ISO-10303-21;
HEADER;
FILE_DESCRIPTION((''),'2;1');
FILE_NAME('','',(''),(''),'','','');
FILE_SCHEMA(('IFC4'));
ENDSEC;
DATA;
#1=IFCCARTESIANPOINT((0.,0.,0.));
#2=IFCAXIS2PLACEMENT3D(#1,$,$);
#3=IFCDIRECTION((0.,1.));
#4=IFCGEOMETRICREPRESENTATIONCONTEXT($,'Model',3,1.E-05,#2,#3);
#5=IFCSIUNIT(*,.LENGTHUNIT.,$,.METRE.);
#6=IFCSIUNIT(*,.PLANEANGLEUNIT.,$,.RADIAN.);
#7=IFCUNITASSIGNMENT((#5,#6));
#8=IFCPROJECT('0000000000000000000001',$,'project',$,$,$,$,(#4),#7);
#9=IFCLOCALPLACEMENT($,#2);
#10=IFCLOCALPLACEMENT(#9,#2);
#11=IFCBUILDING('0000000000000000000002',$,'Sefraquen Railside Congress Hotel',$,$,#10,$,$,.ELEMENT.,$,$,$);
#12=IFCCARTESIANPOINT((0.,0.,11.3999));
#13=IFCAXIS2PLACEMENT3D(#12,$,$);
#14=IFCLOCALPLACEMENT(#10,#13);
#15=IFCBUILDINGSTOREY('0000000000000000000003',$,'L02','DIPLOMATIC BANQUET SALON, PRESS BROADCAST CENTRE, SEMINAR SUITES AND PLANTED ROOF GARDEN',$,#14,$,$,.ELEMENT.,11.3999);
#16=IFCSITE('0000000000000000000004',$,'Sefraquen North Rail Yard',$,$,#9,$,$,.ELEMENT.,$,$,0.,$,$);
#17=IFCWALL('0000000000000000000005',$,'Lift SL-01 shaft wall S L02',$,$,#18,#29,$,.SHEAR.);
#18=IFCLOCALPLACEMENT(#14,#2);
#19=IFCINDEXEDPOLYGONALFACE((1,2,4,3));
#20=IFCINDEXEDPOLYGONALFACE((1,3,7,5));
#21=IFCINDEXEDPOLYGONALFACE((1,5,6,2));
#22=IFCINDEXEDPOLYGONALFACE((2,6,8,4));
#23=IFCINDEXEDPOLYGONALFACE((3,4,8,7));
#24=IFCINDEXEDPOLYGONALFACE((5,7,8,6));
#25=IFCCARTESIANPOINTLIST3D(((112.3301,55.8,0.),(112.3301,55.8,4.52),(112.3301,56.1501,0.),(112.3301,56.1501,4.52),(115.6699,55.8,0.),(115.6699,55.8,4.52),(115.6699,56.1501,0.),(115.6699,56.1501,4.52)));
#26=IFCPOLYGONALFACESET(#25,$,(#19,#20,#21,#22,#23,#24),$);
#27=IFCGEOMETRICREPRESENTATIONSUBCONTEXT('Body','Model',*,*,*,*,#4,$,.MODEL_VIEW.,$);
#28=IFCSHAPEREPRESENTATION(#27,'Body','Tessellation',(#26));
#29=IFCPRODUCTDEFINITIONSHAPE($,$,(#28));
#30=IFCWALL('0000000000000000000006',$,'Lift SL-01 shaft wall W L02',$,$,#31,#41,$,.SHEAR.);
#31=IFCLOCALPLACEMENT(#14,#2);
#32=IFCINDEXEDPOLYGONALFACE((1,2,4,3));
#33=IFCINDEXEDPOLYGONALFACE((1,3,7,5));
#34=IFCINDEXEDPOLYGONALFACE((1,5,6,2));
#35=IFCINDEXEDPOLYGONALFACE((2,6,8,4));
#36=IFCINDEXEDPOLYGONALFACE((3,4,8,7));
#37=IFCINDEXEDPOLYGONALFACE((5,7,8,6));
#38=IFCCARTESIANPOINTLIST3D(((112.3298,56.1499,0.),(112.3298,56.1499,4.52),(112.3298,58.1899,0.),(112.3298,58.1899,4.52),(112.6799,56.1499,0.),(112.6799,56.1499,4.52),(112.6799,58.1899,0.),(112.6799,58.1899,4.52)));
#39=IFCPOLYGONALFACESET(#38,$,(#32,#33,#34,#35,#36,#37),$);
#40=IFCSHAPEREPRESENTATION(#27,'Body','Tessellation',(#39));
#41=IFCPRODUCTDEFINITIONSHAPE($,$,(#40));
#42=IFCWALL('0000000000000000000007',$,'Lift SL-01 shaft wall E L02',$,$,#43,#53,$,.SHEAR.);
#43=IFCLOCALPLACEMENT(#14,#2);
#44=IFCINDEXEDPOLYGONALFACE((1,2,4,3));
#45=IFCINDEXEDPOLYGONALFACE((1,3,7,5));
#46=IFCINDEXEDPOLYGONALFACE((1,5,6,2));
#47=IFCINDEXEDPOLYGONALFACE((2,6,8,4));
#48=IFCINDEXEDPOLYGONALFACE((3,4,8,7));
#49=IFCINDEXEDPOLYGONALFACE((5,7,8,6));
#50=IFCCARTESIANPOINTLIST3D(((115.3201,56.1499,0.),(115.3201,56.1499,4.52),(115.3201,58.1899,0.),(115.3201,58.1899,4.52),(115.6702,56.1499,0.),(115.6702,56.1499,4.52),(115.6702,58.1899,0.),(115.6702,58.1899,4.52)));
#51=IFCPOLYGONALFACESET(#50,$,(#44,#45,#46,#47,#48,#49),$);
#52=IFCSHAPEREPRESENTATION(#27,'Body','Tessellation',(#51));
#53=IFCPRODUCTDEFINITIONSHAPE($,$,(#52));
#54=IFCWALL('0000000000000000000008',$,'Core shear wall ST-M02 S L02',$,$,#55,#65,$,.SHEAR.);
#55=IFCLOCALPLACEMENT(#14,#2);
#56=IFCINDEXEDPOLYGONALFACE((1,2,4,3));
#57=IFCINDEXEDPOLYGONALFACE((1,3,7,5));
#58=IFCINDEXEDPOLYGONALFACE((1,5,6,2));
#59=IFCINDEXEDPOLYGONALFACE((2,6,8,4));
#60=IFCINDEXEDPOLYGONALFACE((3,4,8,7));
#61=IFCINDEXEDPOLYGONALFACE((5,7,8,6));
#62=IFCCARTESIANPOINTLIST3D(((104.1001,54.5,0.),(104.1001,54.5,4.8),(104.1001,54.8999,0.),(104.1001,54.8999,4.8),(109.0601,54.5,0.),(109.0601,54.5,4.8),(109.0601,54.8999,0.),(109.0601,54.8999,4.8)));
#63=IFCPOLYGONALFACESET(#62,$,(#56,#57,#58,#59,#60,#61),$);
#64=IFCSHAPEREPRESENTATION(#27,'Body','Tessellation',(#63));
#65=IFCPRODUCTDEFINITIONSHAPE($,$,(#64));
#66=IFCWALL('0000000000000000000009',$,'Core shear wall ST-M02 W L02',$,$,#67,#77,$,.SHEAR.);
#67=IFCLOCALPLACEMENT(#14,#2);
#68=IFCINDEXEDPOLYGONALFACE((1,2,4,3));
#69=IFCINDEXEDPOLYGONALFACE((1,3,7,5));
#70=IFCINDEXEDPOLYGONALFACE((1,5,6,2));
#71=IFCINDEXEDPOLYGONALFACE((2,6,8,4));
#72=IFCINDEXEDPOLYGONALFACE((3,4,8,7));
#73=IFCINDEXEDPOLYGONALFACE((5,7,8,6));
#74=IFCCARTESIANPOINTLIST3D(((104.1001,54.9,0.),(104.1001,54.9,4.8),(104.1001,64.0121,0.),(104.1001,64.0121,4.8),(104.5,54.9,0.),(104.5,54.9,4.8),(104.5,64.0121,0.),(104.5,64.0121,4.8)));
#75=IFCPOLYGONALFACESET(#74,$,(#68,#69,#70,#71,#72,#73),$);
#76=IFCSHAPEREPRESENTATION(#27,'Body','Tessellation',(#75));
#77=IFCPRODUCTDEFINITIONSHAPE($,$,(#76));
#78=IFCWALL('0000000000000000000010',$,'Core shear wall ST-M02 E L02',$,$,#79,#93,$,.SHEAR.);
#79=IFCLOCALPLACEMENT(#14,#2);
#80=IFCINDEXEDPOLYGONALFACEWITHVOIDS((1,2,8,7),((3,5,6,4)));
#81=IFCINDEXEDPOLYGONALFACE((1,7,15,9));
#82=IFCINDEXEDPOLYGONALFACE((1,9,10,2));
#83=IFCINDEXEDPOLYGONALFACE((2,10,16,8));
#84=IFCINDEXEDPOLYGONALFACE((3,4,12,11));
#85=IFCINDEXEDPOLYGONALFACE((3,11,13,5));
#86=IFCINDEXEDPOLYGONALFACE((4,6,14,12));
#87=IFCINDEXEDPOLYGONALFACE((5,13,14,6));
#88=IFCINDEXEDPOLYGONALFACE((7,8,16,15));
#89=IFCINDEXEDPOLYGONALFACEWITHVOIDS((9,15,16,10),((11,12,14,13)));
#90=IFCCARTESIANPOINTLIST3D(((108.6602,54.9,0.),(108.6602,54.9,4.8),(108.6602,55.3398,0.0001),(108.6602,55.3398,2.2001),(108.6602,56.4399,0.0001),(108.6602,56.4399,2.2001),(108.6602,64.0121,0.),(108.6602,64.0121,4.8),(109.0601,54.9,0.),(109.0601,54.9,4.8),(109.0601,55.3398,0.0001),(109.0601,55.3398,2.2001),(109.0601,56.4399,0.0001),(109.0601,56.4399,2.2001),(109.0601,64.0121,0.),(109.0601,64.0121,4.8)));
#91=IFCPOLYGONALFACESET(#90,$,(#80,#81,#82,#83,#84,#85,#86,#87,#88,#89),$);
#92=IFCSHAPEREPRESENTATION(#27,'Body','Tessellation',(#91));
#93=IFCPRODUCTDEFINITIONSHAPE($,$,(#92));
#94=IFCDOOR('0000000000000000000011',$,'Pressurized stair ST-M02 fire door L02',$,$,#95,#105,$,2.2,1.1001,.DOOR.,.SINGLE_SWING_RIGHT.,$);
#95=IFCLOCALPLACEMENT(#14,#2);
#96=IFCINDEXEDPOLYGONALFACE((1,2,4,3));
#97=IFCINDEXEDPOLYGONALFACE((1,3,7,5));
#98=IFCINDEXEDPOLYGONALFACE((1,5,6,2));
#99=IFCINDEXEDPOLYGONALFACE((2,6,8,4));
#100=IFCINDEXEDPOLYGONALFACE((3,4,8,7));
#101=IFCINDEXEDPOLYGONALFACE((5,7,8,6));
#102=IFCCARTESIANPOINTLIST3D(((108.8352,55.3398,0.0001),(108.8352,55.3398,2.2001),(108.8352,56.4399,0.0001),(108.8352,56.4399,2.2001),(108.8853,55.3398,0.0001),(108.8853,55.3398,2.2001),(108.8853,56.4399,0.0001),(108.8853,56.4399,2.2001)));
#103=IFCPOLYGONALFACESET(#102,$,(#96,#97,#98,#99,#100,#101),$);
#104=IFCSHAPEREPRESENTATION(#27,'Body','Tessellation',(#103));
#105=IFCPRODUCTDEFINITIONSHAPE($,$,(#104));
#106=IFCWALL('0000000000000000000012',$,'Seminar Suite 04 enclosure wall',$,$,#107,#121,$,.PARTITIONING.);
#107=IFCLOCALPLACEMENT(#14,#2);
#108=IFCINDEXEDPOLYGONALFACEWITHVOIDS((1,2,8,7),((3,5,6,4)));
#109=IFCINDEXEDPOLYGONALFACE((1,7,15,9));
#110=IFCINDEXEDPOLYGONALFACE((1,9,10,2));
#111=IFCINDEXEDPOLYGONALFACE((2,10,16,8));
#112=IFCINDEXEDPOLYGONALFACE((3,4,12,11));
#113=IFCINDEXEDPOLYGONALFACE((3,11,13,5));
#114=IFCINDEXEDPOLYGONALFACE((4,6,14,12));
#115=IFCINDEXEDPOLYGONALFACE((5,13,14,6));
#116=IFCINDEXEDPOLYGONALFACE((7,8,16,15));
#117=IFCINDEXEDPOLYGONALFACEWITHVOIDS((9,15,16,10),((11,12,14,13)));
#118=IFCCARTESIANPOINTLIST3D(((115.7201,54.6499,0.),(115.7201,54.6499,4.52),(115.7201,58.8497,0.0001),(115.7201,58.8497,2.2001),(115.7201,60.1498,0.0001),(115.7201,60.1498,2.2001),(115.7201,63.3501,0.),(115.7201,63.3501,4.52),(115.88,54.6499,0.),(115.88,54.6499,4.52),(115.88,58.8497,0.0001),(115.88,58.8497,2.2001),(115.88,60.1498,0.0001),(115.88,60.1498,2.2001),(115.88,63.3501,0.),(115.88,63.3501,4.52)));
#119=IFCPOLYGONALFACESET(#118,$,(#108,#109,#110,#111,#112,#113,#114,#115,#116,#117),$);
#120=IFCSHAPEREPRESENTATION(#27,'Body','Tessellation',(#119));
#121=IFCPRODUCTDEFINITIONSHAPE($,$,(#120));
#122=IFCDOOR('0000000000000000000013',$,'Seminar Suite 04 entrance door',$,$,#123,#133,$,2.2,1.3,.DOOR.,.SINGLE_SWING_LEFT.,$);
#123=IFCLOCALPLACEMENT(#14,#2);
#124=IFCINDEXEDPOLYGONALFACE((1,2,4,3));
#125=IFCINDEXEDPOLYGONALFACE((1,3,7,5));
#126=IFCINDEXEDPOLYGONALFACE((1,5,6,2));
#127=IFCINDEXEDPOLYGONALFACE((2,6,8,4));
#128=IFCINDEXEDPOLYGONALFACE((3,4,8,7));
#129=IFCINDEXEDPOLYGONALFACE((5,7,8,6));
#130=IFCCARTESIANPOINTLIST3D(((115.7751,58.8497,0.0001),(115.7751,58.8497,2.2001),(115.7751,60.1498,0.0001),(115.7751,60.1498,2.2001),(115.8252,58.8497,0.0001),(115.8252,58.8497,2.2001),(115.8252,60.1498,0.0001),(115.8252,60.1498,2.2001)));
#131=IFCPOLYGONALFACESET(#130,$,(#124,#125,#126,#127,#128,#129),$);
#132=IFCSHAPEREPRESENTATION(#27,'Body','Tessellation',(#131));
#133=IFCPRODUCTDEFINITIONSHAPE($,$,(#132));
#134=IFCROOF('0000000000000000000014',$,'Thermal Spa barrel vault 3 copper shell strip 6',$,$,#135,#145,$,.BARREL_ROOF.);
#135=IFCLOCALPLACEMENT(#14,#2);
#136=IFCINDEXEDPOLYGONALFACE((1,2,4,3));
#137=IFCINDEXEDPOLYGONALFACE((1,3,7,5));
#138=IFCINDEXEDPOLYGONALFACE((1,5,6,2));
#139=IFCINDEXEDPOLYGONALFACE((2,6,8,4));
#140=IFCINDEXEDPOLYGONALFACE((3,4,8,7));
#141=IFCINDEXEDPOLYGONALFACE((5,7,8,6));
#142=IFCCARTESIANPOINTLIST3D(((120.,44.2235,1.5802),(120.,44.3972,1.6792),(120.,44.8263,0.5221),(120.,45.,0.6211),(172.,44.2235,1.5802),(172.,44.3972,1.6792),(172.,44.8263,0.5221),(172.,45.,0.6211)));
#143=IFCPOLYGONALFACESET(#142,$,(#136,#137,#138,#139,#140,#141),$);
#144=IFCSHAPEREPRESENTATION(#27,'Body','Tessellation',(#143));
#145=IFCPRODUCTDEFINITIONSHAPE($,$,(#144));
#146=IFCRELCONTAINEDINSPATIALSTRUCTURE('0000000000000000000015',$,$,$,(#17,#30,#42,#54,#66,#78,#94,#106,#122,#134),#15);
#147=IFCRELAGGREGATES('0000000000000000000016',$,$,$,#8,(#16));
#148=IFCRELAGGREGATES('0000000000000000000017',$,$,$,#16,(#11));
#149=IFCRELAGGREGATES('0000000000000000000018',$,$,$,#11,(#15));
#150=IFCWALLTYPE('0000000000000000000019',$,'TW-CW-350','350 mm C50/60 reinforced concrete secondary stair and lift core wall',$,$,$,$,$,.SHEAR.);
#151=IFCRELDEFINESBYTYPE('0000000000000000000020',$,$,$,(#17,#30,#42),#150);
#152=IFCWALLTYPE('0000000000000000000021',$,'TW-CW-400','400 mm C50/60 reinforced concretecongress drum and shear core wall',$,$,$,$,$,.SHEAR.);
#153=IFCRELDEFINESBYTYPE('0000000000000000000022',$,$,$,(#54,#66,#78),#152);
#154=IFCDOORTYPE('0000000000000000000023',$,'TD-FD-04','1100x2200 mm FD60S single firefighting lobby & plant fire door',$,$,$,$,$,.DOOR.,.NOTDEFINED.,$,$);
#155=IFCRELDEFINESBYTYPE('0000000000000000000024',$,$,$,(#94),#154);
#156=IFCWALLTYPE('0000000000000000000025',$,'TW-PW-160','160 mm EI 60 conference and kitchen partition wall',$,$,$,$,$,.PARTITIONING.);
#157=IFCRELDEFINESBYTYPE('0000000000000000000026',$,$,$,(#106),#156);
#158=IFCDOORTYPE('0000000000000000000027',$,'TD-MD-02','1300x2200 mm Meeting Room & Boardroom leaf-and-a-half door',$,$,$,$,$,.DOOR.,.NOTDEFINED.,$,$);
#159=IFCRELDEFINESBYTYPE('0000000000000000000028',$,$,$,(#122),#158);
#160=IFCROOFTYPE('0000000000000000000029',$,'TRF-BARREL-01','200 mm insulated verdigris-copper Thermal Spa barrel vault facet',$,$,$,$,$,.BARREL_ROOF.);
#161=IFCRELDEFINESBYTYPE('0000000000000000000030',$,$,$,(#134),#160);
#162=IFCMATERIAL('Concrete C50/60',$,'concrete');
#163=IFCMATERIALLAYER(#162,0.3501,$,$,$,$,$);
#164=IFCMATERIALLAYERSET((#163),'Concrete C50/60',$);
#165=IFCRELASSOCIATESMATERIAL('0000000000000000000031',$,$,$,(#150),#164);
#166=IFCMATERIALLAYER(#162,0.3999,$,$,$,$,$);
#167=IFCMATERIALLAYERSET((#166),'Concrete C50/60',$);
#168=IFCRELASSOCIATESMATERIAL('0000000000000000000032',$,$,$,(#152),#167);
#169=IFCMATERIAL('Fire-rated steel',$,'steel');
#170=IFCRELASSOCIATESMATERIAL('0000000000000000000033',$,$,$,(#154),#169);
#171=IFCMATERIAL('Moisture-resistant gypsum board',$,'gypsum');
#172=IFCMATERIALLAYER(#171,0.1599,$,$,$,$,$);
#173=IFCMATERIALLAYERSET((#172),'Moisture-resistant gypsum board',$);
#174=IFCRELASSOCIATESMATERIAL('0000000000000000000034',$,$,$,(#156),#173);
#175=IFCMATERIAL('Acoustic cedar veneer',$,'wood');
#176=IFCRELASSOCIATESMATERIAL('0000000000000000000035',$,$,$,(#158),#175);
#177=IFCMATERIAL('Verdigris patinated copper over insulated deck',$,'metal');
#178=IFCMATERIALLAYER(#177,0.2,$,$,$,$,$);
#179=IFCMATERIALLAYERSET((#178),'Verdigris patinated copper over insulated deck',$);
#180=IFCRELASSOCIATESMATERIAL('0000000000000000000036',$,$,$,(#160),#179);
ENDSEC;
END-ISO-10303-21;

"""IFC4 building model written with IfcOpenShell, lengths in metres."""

from ifc_helpers import new_model, si_unit, direction, frame, frame_2d, origin, place, context, subcontext, project, spatial, polyline, rectangle, outline, extrude, material, layer, layer_set, type_object, element, fill, save


model = new_model("IFC4")

# Units and contexts
model_context = context("Model", 3, precision=1e-05, world=origin(), true_north=direction((0.0, 1.0)))
body_context = subcontext(model_context, "Body", "Model", "MODEL_VIEW")
ifc_project = project(units=[si_unit("LENGTHUNIT", "METRE"), si_unit("PLANEANGLEUNIT", "RADIAN")], contexts=[model_context])

# Site, building, storey
site_placement = place(None, origin())
site = spatial("IfcSite", under=ifc_project, at=site_placement, Name="Sefraquen North Rail Yard", CompositionType="ELEMENT", RefElevation=0.0)
building_placement = place(site_placement, origin())
building = spatial("IfcBuilding", under=site, at=building_placement, Name="Sefraquen Railside Congress Hotel", CompositionType="ELEMENT")
storey_placement = place(building_placement, frame((0.0, 0.0, 11.3999)))
storey = spatial("IfcBuildingStorey", under=building, at=storey_placement, Name="L02", Description="DIPLOMATIC BANQUET SALON, PRESS BROADCAST CENTRE, SEMINAR SUITES AND PLANTED ROOF GARDEN", CompositionType="ELEMENT", Elevation=11.3999)

# Walls
ifc_material_1 = material(Name="Concrete C50/60", Category="concrete")
ifc_layer_1 = layer(ifc_material_1, 0.3501)
ifc_layer_set_1 = layer_set([ifc_layer_1], Name="Concrete C50/60")
wall_type_1 = type_object("IfcWallType", Name="TW-CW-350", Description="350 mm C50/60 reinforced concrete secondary stair and lift core wall", PredefinedType="SHEAR", material=ifc_layer_set_1)
wall_1_placement = place(storey_placement, frame((112.3301, 55.9751, 0.0), z_axis=(0.0, 0.0, 1.0), x_axis=(1.0, 0.0, 0.0)))
element("IfcWall", 1, at=wall_1_placement, inside=storey, type_object=wall_type_1, Name="Lift SL-01 shaft wall S L02", PredefinedType="SHEAR", context=body_context, shape_type="SweptSolid", body=[
    extrude(rectangle(XDim=3.3398, YDim=0.3501, at=frame_2d((1.6699, 0.0))), origin(), (0.0, 0.0, 1.0), 4.52),
])
for number, where, z_axis, x_axis, name in (
    (2, (112.5049, 56.1499, 0.0), (0.0, 0.0, 1.0), (0.0, 1.0, 0.0), "Lift SL-01 shaft wall W L02"),
    (3, (115.4951, 56.1499, 0.0), (0.0, 0.0, 1.0), (0.0, 1.0, 0.0), "Lift SL-01 shaft wall E L02"),
):
    element("IfcWall", number, at=place(storey_placement, frame(where, z_axis=z_axis, x_axis=x_axis)), inside=storey, type_object=wall_type_1, Name=name, PredefinedType="SHEAR", context=body_context, shape_type="SweptSolid", body=[
        extrude(rectangle(XDim=2.04, YDim=0.3501, at=frame_2d((1.02, 0.0))), origin(), (0.0, 0.0, 1.0), 4.52),
    ])
ifc_layer_2 = layer(ifc_material_1, 0.3999)
ifc_layer_set_2 = layer_set([ifc_layer_2], Name="Concrete C50/60")
wall_type_2 = type_object("IfcWallType", Name="TW-CW-400", Description="400 mm C50/60 reinforced concretecongress drum and shear core wall", PredefinedType="SHEAR", material=ifc_layer_set_2)
wall_2_placement = place(storey_placement, frame((104.1001, 54.7, 0.0), z_axis=(0.0, 0.0, 1.0), x_axis=(1.0, 0.0, 0.0)))
element("IfcWall", 4, at=wall_2_placement, inside=storey, type_object=wall_type_2, Name="Core shear wall ST-M02 S L02", PredefinedType="SHEAR", context=body_context, shape_type="SweptSolid", body=[
    extrude(rectangle(XDim=4.96, YDim=0.3999, at=frame_2d((2.48, 0.0))), origin(), (0.0, 0.0, 1.0), 4.8),
])
wall_3_placement = place(storey_placement, frame((104.3, 54.8999, 0.0), z_axis=(0.0, 0.0, 1.0), x_axis=(0.0, 1.0, 0.0)))
element("IfcWall", 5, at=wall_3_placement, inside=storey, type_object=wall_type_2, Name="Core shear wall ST-M02 W L02", PredefinedType="SHEAR", context=body_context, shape_type="SweptSolid", body=[
    extrude(rectangle(XDim=9.1121, YDim=0.3999, at=frame_2d((4.5562, 0.0))), origin(), (0.0, 0.0, 1.0), 4.8),
])

# Walls, openings, doors
wall_4_placement = place(storey_placement, frame((108.8601, 54.8999, 0.0), z_axis=(0.0, 0.0, 1.0), x_axis=(0.0, 1.0, 0.0)))
wall_4 = element("IfcWall", 6, at=wall_4_placement, inside=storey, type_object=wall_type_2, Name="Core shear wall ST-M02 E L02", PredefinedType="SHEAR", context=body_context, shape_type="SweptSolid", body=[
    extrude(rectangle(XDim=9.1121, YDim=0.3999, at=frame_2d((4.5562, 0.0))), origin(), (0.0, 0.0, 1.0), 4.8),
])
opening_1_placement = place(wall_4_placement, frame((0.4399, 0.0, 0.0)))
opening_1 = element("IfcOpeningElement", 7, at=opening_1_placement, cuts=wall_4, PredefinedType="OPENING", context=body_context, shape_type="SweptSolid", body=[
    extrude(rectangle(XDim=1.1001, YDim=2.2, at=frame_2d((0.55, 1.1001))), frame((0.0, 0.21, 0.0), z_axis=(0.0, -1.0, 0.0), x_axis=(1.0, 0.0, 0.0)), (0.0, 0.0, 1.0), 0.4199),
])
ifc_material_2 = material(Name="Fire-rated steel", Category="steel")
door_type_1 = type_object("IfcDoorType", Name="TD-FD-04", Description="1100x2200 mm FD60S single firefighting lobby & plant fire door", OperationType="NOTDEFINED", PredefinedType="DOOR", material=ifc_material_2)
door_1_placement = place(opening_1_placement, origin())
door_1 = element("IfcDoor", 8, at=door_1_placement, inside=storey, type_object=door_type_1, Name="Pressurized stair ST-M02 fire door L02", OperationType="SINGLE_SWING_RIGHT", OverallHeight=2.2, OverallWidth=1.1001, PredefinedType="DOOR", context=body_context, shape_type="SweptSolid", body=[
    extrude(rectangle(XDim=1.1001, YDim=2.2, at=frame_2d((0.55, 1.1001))), frame((0.0, 0.0249, 0.0), z_axis=(0.0, -1.0, 0.0), x_axis=(1.0, 0.0, 0.0)), (0.0, 0.0, 1.0), 0.05),
])
fill(opening_1, door_1)
ifc_material_3 = material(Name="Moisture-resistant gypsum board", Category="gypsum")
ifc_layer_3 = layer(ifc_material_3, 0.1599)
ifc_layer_set_3 = layer_set([ifc_layer_3], Name="Moisture-resistant gypsum board")
wall_type_3 = type_object("IfcWallType", Name="TW-PW-160", Description="160 mm EI 60 conference and kitchen partition wall", PredefinedType="PARTITIONING", material=ifc_layer_set_3)
wall_5_placement = place(storey_placement, frame((115.8, 54.6499, 0.0), z_axis=(0.0, 0.0, 1.0), x_axis=(0.0, 1.0, 0.0)))
wall_5 = element("IfcWall", 9, at=wall_5_placement, inside=storey, type_object=wall_type_3, Name="Seminar Suite 04 enclosure wall", PredefinedType="PARTITIONING", context=body_context, shape_type="SweptSolid", body=[
    extrude(rectangle(XDim=8.7002, YDim=0.1599, at=frame_2d((4.3501, 0.0))), origin(), (0.0, 0.0, 1.0), 4.52),
])
opening_2_placement = place(wall_5_placement, frame((4.2, 0.0, 0.0)))
opening_2 = element("IfcOpeningElement", 10, at=opening_2_placement, cuts=wall_5, PredefinedType="OPENING", context=body_context, shape_type="SweptSolid", body=[
    extrude(rectangle(XDim=1.3, YDim=2.2, at=frame_2d((0.6499, 1.1001))), frame((0.0, 0.0898, 0.0), z_axis=(0.0, -1.0, 0.0), x_axis=(1.0, 0.0, 0.0)), (0.0, 0.0, 1.0), 0.1799),
])
ifc_material_4 = material(Name="Acoustic cedar veneer", Category="wood")
door_type_2 = type_object("IfcDoorType", Name="TD-MD-02", Description="1300x2200 mm Meeting Room & Boardroom leaf-and-a-half door", OperationType="NOTDEFINED", PredefinedType="DOOR", material=ifc_material_4)
door_2_placement = place(opening_2_placement, origin())
door_2 = element("IfcDoor", 11, at=door_2_placement, inside=storey, type_object=door_type_2, Name="Seminar Suite 04 entrance door", OperationType="SINGLE_SWING_LEFT", OverallHeight=2.2, OverallWidth=1.3, PredefinedType="DOOR", context=body_context, shape_type="SweptSolid", body=[
    extrude(rectangle(XDim=1.3, YDim=2.2, at=frame_2d((0.6499, 1.1001))), frame((0.0, 0.0249, 0.0), z_axis=(0.0, -1.0, 0.0), x_axis=(1.0, 0.0, 0.0)), (0.0, 0.0, 1.0), 0.05),
])
fill(opening_2, door_2)

# Roof
ifc_material_5 = material(Name="Verdigris patinated copper over insulated deck", Category="metal")
ifc_layer_4 = layer(ifc_material_5, 0.2)
ifc_layer_set_4 = layer_set([ifc_layer_4], Name="Verdigris patinated copper over insulated deck")
roof_type = type_object("IfcRoofType", Name="TRF-BARREL-01", Description="200 mm insulated verdigris-copper Thermal Spa barrel vault facet", PredefinedType="BARREL_ROOF", material=ifc_layer_set_4)
roof_placement = place(storey_placement, frame((120.0, 44.3972, 1.6792), z_axis=(0.0, 0.868896, 0.494994), x_axis=(1.0, 0.0, 0.0)))
element("IfcRoof", 12, at=roof_placement, inside=storey, type_object=roof_type, Name="Thermal Spa barrel vault 3 copper shell strip 6", PredefinedType="BARREL_ROOF", context=body_context, shape_type="SweptSolid", body=[
    extrude(outline(polyline([(0.0, 0.0), (52.0, 0.0), (52.0, 1.2178), (0.0, 1.2178), (0.0, 0.0)])), origin(), (0.0, 0.0, -1.0), 0.2),
])

save(model, "model.ifc")
